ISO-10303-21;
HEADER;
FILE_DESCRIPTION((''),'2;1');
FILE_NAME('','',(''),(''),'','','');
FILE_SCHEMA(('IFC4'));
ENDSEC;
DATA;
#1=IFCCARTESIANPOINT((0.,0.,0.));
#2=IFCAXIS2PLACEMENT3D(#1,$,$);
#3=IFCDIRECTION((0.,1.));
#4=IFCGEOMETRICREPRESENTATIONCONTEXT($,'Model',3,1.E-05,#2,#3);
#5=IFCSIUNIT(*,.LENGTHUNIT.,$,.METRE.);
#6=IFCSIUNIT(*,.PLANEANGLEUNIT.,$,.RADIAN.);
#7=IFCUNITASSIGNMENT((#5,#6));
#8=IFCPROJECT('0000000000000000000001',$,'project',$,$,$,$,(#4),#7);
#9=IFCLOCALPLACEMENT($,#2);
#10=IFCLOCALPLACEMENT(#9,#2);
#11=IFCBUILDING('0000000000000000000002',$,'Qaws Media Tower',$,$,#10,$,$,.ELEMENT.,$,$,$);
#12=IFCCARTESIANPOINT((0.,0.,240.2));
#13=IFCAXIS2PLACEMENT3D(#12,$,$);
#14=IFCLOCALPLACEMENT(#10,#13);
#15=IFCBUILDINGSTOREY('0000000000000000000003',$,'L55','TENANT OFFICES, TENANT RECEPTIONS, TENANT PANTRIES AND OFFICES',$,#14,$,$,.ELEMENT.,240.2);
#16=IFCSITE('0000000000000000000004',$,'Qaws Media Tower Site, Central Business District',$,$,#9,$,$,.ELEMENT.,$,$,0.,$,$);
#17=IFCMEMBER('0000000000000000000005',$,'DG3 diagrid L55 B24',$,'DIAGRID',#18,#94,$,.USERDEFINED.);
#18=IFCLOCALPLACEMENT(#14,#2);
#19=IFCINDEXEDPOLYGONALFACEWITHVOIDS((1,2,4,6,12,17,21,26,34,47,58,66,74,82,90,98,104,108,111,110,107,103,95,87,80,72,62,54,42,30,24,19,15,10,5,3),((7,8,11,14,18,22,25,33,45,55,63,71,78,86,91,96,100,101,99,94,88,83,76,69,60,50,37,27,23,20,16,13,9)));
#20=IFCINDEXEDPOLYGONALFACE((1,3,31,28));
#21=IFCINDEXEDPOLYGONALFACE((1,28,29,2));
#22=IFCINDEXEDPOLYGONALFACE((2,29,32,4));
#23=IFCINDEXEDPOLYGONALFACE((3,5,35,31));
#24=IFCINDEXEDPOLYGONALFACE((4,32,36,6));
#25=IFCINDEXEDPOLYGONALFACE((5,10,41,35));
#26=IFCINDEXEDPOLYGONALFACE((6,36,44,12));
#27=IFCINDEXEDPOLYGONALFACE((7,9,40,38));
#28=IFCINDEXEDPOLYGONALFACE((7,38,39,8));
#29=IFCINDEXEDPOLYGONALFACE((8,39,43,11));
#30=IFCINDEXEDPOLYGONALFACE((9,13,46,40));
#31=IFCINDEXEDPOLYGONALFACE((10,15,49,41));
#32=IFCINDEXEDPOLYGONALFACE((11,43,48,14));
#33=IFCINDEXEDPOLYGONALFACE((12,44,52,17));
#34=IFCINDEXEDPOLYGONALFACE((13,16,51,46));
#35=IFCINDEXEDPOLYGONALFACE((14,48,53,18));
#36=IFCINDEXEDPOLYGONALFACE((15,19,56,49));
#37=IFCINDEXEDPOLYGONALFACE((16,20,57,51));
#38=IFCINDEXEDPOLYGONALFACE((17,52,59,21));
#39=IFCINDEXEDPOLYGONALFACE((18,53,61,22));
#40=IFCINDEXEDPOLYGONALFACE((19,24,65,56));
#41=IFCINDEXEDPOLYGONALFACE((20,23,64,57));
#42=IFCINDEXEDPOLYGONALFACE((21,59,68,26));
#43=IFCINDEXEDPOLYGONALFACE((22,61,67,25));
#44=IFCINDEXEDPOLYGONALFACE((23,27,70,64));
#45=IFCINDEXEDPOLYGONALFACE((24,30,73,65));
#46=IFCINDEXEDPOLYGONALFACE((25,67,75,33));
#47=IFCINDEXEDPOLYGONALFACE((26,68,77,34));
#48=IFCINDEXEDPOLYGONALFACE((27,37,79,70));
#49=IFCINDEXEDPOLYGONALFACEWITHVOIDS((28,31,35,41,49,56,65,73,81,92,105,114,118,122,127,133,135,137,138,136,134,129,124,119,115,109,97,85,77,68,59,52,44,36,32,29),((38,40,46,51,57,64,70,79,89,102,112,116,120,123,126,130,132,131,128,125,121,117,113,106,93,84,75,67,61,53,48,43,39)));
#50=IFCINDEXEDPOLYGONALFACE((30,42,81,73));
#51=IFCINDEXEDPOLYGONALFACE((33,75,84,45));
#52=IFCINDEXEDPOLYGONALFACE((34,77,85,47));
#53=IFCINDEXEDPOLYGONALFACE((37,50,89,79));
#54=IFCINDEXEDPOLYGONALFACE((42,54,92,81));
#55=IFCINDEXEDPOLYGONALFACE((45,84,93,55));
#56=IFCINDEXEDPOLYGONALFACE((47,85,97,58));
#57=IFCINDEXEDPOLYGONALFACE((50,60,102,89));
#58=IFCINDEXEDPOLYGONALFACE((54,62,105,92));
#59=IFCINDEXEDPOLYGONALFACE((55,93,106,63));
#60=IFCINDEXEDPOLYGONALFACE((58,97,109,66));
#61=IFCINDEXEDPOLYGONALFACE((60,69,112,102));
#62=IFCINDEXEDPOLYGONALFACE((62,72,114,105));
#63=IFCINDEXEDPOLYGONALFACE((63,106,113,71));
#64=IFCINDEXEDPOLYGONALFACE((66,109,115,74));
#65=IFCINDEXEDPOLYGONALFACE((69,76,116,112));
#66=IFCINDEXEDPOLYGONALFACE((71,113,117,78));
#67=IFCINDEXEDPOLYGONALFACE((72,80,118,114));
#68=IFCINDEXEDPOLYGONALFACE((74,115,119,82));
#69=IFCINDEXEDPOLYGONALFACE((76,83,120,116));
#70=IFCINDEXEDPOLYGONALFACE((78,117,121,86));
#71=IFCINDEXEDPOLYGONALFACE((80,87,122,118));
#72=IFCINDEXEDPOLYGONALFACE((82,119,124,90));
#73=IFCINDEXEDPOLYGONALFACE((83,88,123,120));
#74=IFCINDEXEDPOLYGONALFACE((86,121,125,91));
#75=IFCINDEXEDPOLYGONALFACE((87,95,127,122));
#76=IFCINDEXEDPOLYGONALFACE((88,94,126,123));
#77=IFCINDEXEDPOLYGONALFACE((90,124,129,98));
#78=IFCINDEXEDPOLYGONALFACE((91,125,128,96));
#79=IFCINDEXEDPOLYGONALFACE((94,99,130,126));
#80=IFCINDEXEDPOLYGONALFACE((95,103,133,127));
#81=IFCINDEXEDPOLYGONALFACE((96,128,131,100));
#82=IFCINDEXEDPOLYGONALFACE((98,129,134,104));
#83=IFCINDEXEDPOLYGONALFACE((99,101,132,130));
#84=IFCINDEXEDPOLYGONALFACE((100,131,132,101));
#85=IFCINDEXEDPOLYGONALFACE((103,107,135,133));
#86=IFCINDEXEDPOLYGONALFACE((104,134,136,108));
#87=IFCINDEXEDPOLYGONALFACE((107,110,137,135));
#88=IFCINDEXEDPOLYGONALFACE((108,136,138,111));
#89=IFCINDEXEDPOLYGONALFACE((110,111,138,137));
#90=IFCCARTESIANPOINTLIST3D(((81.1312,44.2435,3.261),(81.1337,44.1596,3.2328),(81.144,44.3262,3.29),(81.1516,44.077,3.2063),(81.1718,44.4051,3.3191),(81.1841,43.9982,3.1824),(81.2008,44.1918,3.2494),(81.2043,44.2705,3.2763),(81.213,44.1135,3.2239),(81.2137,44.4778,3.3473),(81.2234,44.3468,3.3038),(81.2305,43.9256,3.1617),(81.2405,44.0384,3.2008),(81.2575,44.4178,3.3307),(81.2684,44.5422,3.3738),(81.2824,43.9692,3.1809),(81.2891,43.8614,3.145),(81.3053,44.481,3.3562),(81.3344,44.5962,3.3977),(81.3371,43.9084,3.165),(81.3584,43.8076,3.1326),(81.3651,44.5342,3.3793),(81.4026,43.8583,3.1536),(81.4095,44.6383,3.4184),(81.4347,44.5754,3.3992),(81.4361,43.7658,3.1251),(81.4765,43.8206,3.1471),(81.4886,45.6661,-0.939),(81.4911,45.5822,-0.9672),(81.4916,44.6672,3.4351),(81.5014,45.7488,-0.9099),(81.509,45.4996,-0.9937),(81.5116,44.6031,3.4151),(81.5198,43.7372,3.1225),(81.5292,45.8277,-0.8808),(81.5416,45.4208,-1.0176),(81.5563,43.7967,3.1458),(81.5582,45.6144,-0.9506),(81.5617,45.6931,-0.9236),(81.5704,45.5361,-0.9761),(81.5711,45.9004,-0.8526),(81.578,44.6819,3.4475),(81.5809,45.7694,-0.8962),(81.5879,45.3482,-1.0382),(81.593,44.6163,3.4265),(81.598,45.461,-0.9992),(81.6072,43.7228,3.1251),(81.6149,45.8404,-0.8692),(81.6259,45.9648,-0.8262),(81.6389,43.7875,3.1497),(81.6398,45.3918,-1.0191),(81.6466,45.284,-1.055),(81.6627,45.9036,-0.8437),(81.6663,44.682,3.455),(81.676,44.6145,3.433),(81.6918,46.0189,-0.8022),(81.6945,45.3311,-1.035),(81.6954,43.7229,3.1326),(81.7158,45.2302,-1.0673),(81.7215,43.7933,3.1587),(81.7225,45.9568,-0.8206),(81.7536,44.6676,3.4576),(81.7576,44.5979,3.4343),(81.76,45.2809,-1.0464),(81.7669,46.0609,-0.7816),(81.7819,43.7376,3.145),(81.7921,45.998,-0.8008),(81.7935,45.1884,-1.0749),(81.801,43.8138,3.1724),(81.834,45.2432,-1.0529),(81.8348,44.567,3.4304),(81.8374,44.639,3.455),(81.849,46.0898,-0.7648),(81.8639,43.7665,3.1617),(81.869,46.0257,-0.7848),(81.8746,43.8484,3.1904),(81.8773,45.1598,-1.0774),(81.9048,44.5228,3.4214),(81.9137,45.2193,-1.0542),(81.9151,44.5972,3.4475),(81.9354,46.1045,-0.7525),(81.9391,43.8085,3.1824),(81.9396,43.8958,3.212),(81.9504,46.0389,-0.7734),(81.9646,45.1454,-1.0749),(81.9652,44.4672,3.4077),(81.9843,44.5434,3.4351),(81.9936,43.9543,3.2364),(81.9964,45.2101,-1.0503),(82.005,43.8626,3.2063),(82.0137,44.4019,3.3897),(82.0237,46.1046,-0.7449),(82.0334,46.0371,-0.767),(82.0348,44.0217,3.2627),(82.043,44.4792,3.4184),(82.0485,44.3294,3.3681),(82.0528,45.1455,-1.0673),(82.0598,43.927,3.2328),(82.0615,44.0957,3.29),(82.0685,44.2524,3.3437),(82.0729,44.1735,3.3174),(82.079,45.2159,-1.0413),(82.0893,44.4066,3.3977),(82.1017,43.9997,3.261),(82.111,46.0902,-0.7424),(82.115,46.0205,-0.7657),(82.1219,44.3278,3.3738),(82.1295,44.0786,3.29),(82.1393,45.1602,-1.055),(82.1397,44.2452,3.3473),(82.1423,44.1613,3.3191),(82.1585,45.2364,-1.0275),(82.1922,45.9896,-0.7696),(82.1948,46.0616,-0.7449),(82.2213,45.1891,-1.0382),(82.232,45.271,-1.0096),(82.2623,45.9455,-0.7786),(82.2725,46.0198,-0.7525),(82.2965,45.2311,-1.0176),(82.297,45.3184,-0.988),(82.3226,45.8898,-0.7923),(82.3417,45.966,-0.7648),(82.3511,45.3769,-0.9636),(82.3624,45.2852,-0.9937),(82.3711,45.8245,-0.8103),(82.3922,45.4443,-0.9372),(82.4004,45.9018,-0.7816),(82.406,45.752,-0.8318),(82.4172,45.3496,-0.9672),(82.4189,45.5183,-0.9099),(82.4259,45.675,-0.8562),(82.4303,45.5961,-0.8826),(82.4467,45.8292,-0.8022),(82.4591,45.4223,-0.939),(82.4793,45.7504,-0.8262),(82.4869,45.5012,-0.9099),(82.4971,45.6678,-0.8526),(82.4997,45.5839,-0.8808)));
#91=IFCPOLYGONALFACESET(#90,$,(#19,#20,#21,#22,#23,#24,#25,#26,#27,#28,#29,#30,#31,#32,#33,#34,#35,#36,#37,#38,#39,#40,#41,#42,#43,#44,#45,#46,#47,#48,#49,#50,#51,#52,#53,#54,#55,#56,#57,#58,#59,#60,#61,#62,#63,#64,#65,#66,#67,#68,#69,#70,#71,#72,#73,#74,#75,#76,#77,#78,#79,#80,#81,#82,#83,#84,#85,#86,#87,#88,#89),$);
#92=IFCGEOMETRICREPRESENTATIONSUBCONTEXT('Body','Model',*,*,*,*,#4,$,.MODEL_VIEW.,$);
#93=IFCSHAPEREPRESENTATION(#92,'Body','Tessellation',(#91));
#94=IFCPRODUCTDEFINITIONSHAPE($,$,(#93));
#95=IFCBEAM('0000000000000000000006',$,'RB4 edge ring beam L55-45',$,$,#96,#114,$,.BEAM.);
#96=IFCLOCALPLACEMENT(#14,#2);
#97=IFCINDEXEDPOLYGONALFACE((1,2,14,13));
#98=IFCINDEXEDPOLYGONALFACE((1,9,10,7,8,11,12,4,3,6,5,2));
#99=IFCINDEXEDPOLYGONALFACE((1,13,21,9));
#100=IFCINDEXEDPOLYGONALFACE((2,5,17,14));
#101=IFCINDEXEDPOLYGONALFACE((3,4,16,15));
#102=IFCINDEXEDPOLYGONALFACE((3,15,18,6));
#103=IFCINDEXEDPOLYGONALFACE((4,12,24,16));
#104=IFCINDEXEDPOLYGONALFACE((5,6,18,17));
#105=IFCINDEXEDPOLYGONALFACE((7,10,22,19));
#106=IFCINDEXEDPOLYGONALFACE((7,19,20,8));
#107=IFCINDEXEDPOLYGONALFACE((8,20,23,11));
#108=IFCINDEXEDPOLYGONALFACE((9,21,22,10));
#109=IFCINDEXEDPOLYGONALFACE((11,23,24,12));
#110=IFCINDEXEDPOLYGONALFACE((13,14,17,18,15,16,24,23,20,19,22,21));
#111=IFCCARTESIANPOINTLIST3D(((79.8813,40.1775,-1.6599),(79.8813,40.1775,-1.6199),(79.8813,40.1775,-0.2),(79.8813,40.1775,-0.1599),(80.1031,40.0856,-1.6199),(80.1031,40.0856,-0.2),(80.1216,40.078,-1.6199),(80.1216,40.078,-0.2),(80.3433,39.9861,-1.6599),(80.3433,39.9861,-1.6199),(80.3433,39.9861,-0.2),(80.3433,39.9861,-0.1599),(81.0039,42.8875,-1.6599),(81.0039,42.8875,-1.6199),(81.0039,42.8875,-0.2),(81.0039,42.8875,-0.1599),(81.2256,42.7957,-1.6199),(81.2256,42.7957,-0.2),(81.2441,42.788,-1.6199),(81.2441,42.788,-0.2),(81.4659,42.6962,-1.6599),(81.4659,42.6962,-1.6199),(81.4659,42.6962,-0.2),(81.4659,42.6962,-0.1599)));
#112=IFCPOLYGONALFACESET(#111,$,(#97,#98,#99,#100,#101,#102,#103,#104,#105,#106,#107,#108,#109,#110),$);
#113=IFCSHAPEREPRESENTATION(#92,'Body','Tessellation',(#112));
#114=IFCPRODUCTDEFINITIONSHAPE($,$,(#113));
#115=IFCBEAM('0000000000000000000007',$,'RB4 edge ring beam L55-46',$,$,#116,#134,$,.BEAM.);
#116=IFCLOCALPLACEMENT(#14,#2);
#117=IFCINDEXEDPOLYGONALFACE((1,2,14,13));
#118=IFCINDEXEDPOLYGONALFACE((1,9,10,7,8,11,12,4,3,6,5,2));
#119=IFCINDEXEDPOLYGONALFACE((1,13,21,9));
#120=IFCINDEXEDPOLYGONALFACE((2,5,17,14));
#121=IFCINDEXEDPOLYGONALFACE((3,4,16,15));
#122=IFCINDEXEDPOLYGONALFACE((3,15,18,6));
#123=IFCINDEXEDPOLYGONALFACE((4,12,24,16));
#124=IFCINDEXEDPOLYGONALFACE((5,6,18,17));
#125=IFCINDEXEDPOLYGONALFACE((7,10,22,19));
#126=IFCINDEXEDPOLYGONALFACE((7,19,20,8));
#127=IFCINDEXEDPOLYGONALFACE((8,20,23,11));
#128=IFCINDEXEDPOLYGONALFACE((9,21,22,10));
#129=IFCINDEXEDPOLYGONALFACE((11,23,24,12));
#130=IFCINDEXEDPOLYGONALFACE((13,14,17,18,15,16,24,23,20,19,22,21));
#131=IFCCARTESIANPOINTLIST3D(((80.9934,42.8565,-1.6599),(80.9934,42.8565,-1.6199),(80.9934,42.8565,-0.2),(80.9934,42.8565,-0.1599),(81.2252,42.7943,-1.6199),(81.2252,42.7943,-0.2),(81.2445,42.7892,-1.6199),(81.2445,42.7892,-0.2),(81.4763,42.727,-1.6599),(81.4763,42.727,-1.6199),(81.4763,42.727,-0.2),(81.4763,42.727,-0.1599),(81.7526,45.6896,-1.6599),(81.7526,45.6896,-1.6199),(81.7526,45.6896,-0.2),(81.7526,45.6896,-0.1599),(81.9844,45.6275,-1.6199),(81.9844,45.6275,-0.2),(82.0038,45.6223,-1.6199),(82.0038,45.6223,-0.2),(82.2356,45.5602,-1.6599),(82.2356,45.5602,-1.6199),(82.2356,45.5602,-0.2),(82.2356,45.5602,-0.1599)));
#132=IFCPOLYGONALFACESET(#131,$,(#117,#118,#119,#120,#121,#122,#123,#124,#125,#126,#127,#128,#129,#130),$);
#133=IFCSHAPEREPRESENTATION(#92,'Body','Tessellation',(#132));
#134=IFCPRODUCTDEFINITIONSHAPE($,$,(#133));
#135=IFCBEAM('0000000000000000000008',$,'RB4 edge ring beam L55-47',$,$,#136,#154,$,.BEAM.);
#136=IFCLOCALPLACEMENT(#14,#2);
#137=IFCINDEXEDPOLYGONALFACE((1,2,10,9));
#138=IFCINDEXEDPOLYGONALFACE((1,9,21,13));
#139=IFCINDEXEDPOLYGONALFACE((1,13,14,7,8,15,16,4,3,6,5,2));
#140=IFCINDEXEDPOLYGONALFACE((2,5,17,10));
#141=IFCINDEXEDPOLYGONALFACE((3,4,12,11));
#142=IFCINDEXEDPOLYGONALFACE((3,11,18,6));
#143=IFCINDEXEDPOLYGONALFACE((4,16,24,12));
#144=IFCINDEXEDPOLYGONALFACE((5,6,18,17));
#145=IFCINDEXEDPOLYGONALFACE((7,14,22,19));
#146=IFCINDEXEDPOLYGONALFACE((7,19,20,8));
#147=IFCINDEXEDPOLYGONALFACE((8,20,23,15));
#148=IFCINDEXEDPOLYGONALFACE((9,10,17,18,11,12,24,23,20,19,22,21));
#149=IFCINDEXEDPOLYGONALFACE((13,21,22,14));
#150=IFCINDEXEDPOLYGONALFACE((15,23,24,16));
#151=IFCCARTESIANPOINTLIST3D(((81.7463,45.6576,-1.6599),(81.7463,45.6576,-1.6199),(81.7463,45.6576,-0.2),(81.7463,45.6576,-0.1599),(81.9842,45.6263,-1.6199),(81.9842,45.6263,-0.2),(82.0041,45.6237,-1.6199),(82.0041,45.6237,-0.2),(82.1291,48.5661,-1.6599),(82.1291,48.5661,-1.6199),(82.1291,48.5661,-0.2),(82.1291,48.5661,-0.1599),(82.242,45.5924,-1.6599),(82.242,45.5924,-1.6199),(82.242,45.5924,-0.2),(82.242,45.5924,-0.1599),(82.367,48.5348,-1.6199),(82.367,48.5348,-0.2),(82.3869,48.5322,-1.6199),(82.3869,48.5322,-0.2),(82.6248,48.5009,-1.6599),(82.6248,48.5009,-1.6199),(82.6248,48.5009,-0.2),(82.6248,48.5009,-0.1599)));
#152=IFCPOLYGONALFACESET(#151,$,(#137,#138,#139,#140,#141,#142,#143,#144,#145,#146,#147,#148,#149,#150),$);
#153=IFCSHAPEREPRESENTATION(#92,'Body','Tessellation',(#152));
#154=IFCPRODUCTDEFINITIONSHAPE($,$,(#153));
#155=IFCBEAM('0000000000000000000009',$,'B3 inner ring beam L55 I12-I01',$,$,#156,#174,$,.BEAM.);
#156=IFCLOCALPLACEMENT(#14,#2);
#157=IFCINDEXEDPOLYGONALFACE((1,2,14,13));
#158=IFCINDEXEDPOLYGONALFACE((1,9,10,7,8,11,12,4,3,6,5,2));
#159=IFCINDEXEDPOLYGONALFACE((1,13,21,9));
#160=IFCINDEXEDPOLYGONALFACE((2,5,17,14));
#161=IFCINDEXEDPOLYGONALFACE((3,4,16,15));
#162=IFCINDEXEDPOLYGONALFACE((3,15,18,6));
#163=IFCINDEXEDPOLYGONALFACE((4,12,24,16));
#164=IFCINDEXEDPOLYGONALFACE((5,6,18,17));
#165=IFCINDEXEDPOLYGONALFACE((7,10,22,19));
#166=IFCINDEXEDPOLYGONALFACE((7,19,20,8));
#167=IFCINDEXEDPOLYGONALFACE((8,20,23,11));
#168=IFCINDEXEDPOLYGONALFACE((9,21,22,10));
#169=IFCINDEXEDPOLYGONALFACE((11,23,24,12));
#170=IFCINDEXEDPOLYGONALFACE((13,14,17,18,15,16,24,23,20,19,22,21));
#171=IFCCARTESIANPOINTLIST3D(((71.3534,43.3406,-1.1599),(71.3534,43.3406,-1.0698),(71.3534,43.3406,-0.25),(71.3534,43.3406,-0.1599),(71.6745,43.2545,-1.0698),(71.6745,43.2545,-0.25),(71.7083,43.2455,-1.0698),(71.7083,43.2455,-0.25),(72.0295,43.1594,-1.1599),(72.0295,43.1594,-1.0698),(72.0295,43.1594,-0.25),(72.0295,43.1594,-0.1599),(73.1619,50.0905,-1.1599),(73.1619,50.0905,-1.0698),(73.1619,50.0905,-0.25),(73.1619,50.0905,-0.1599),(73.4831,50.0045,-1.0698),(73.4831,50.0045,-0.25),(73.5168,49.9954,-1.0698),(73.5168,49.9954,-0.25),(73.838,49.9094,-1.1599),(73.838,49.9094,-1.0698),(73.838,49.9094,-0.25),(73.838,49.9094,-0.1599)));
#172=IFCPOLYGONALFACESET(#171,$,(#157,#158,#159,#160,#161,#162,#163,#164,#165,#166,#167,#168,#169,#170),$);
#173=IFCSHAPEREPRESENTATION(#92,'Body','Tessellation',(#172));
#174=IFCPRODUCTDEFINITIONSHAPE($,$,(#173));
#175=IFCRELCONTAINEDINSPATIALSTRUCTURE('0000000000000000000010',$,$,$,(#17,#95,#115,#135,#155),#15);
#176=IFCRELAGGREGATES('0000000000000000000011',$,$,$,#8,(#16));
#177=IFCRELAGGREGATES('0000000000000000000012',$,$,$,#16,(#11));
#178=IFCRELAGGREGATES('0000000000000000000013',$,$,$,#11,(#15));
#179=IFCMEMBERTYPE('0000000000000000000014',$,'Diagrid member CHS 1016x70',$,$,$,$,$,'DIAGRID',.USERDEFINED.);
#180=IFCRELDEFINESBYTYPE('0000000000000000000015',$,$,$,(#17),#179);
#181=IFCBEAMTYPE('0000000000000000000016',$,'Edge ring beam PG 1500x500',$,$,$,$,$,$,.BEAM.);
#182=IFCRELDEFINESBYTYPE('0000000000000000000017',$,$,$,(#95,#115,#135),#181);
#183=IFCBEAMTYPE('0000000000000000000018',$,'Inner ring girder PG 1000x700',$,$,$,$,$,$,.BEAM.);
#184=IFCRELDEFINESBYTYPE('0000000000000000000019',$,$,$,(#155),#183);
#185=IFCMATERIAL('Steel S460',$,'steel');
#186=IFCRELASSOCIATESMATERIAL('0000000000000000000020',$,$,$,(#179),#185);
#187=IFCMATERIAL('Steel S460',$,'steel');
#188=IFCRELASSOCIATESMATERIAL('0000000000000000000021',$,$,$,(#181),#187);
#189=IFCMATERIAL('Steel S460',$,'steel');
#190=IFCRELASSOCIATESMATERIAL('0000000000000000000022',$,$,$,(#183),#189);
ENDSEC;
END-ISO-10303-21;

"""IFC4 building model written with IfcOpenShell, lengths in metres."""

from ifc_helpers import new_model, si_unit, direction, frame, origin, origin_2d, place, context, subcontext, project, spatial, hollow_circle, i_section, extrude, material, material_profile, profile_set, type_object, element, save


model = new_model("IFC4")

# Units and contexts
model_context = context("Model", 3, precision=1e-05, world=origin(), true_north=direction((0.0, 1.0)))
body_context = subcontext(model_context, "Body", "Model", "MODEL_VIEW")
ifc_project = project(units=[si_unit("LENGTHUNIT", "METRE"), si_unit("PLANEANGLEUNIT", "RADIAN")], contexts=[model_context])

# Site, building, storey
site_placement = place(None, origin())
site = spatial("IfcSite", under=ifc_project, at=site_placement, Name="Qaws Media Tower Site, Central Business District", CompositionType="ELEMENT", RefElevation=0.0)
building_placement = place(site_placement, origin())
building = spatial("IfcBuilding", under=site, at=building_placement, Name="Qaws Media Tower", CompositionType="ELEMENT")
storey_placement = place(building_placement, frame((0.0, 0.0, 240.2)))
storey = spatial("IfcBuildingStorey", under=building, at=storey_placement, Name="L55", Description="TENANT OFFICES, TENANT RECEPTIONS, TENANT PANTRIES AND OFFICES", CompositionType="ELEMENT", Elevation=240.2)

# Member
ifc_material_1 = material(Name="Steel S460", Category="steel")
ifc_material_profile_1 = material_profile(ifc_material_1, hollow_circle(Radius=0.5081, WallThickness=0.0701, at=origin_2d()), Name="CHS 1016x70")
ifc_profile_set_1 = profile_set([ifc_material_profile_1], Name="Steel S460")
member_type_1 = type_object("IfcMemberType", Name="Diagrid member CHS 1016x70", ElementType="DIAGRID", PredefinedType="USERDEFINED", material=ifc_profile_set_1)
for number, where, z_axis, x_axis, name in (
    (1, (81.9941, 45.625, -0.9099), (-0.080343, -0.319779, 0.94408), (0.969858, -0.243671, 0.0), "DG3 diagrid L55 B24"),
):
    element("IfcMember", number, at=place(storey_placement, frame(where, z_axis=z_axis, x_axis=x_axis)), inside=storey, type_object=member_type_1, Name=name, ObjectType="DIAGRID", PredefinedType="USERDEFINED", context=body_context, shape_type="SweptSolid", body=[
        extrude(hollow_circle(Radius=0.5081, WallThickness=0.0701, at=origin_2d()), origin(), (0.0, 0.0, 1.0), 4.4487),
    ])

# Beams
ifc_material_2 = material(Name="Steel S460", Category="steel")
ifc_material_profile_2 = material_profile(ifc_material_2, i_section(OverallWidth=0.5, OverallDepth=1.5, WebThickness=0.02, FlangeThickness=0.04, at=origin_2d()), Name="PG 1500x500")
ifc_profile_set_2 = profile_set([ifc_material_profile_2], Name="Steel S460")
beam_type_1 = type_object("IfcBeamType", Name="Edge ring beam PG 1500x500", PredefinedType="BEAM", material=ifc_profile_set_2)
beam_1_placement = place(storey_placement, frame((80.1123, 40.0818, -0.9099), z_axis=(0.3827, 0.923873, 0.0), x_axis=(-0.923873, 0.3827, 0.0)))
element("IfcBeam", 2, at=beam_1_placement, inside=storey, type_object=beam_type_1, Name="RB4 edge ring beam L55-45", PredefinedType="BEAM", context=body_context, shape_type="SweptSolid", body=[
    extrude(i_section(OverallWidth=0.5, OverallDepth=1.5, WebThickness=0.02, FlangeThickness=0.04, at=origin_2d()), origin(), (0.0, 0.0, 1.0), 2.9333),
])
beam_2_placement = place(storey_placement, frame((81.2349, 42.7917, -0.9099), z_axis=(0.258854, 0.965916, 0.0), x_axis=(-0.965916, 0.258854, 0.0)))
element("IfcBeam", 3, at=beam_2_placement, inside=storey, type_object=beam_type_1, Name="RB4 edge ring beam L55-46", PredefinedType="BEAM", context=body_context, shape_type="SweptSolid", body=[
    extrude(i_section(OverallWidth=0.5, OverallDepth=1.5, WebThickness=0.02, FlangeThickness=0.04, at=origin_2d()), origin(), (0.0, 0.0, 1.0), 2.9331),
])
beam_3_placement = place(storey_placement, frame((81.9941, 45.625, -0.9099), z_axis=(0.130495, 0.991449, 0.0), x_axis=(-0.991449, 0.130495, 0.0)))
element("IfcBeam", 4, at=beam_3_placement, inside=storey, type_object=beam_type_1, Name="RB4 edge ring beam L55-47", PredefinedType="BEAM", context=body_context, shape_type="SweptSolid", body=[
    extrude(i_section(OverallWidth=0.5, OverallDepth=1.5, WebThickness=0.02, FlangeThickness=0.04, at=origin_2d()), origin(), (0.0, 0.0, 1.0), 2.9336),
])
ifc_material_3 = material(Name="Steel S460", Category="steel")
ifc_material_profile_3 = material_profile(ifc_material_3, i_section(OverallWidth=0.7, OverallDepth=1.0, WebThickness=0.0349, FlangeThickness=0.0901, at=origin_2d()), Name="PG 1000x700")
ifc_profile_set_3 = profile_set([ifc_material_profile_3], Name="Steel S460")
beam_type_2 = type_object("IfcBeamType", Name="Inner ring girder PG 1000x700", PredefinedType="BEAM", material=ifc_profile_set_3)
beam_4_placement = place(storey_placement, frame((71.6914, 43.25, -0.6599), z_axis=(0.258811, 0.965928, 0.0), x_axis=(-0.965928, 0.258811, 0.0)))
element("IfcBeam", 5, at=beam_4_placement, inside=storey, type_object=beam_type_2, Name="B3 inner ring beam L55 I12-I01", PredefinedType="BEAM", context=body_context, shape_type="SweptSolid", body=[
    extrude(i_section(OverallWidth=0.7, OverallDepth=1.0, WebThickness=0.0349, FlangeThickness=0.0901, at=origin_2d()), origin(), (0.0, 0.0, 1.0), 6.988),
])

save(model, "model.ifc")
